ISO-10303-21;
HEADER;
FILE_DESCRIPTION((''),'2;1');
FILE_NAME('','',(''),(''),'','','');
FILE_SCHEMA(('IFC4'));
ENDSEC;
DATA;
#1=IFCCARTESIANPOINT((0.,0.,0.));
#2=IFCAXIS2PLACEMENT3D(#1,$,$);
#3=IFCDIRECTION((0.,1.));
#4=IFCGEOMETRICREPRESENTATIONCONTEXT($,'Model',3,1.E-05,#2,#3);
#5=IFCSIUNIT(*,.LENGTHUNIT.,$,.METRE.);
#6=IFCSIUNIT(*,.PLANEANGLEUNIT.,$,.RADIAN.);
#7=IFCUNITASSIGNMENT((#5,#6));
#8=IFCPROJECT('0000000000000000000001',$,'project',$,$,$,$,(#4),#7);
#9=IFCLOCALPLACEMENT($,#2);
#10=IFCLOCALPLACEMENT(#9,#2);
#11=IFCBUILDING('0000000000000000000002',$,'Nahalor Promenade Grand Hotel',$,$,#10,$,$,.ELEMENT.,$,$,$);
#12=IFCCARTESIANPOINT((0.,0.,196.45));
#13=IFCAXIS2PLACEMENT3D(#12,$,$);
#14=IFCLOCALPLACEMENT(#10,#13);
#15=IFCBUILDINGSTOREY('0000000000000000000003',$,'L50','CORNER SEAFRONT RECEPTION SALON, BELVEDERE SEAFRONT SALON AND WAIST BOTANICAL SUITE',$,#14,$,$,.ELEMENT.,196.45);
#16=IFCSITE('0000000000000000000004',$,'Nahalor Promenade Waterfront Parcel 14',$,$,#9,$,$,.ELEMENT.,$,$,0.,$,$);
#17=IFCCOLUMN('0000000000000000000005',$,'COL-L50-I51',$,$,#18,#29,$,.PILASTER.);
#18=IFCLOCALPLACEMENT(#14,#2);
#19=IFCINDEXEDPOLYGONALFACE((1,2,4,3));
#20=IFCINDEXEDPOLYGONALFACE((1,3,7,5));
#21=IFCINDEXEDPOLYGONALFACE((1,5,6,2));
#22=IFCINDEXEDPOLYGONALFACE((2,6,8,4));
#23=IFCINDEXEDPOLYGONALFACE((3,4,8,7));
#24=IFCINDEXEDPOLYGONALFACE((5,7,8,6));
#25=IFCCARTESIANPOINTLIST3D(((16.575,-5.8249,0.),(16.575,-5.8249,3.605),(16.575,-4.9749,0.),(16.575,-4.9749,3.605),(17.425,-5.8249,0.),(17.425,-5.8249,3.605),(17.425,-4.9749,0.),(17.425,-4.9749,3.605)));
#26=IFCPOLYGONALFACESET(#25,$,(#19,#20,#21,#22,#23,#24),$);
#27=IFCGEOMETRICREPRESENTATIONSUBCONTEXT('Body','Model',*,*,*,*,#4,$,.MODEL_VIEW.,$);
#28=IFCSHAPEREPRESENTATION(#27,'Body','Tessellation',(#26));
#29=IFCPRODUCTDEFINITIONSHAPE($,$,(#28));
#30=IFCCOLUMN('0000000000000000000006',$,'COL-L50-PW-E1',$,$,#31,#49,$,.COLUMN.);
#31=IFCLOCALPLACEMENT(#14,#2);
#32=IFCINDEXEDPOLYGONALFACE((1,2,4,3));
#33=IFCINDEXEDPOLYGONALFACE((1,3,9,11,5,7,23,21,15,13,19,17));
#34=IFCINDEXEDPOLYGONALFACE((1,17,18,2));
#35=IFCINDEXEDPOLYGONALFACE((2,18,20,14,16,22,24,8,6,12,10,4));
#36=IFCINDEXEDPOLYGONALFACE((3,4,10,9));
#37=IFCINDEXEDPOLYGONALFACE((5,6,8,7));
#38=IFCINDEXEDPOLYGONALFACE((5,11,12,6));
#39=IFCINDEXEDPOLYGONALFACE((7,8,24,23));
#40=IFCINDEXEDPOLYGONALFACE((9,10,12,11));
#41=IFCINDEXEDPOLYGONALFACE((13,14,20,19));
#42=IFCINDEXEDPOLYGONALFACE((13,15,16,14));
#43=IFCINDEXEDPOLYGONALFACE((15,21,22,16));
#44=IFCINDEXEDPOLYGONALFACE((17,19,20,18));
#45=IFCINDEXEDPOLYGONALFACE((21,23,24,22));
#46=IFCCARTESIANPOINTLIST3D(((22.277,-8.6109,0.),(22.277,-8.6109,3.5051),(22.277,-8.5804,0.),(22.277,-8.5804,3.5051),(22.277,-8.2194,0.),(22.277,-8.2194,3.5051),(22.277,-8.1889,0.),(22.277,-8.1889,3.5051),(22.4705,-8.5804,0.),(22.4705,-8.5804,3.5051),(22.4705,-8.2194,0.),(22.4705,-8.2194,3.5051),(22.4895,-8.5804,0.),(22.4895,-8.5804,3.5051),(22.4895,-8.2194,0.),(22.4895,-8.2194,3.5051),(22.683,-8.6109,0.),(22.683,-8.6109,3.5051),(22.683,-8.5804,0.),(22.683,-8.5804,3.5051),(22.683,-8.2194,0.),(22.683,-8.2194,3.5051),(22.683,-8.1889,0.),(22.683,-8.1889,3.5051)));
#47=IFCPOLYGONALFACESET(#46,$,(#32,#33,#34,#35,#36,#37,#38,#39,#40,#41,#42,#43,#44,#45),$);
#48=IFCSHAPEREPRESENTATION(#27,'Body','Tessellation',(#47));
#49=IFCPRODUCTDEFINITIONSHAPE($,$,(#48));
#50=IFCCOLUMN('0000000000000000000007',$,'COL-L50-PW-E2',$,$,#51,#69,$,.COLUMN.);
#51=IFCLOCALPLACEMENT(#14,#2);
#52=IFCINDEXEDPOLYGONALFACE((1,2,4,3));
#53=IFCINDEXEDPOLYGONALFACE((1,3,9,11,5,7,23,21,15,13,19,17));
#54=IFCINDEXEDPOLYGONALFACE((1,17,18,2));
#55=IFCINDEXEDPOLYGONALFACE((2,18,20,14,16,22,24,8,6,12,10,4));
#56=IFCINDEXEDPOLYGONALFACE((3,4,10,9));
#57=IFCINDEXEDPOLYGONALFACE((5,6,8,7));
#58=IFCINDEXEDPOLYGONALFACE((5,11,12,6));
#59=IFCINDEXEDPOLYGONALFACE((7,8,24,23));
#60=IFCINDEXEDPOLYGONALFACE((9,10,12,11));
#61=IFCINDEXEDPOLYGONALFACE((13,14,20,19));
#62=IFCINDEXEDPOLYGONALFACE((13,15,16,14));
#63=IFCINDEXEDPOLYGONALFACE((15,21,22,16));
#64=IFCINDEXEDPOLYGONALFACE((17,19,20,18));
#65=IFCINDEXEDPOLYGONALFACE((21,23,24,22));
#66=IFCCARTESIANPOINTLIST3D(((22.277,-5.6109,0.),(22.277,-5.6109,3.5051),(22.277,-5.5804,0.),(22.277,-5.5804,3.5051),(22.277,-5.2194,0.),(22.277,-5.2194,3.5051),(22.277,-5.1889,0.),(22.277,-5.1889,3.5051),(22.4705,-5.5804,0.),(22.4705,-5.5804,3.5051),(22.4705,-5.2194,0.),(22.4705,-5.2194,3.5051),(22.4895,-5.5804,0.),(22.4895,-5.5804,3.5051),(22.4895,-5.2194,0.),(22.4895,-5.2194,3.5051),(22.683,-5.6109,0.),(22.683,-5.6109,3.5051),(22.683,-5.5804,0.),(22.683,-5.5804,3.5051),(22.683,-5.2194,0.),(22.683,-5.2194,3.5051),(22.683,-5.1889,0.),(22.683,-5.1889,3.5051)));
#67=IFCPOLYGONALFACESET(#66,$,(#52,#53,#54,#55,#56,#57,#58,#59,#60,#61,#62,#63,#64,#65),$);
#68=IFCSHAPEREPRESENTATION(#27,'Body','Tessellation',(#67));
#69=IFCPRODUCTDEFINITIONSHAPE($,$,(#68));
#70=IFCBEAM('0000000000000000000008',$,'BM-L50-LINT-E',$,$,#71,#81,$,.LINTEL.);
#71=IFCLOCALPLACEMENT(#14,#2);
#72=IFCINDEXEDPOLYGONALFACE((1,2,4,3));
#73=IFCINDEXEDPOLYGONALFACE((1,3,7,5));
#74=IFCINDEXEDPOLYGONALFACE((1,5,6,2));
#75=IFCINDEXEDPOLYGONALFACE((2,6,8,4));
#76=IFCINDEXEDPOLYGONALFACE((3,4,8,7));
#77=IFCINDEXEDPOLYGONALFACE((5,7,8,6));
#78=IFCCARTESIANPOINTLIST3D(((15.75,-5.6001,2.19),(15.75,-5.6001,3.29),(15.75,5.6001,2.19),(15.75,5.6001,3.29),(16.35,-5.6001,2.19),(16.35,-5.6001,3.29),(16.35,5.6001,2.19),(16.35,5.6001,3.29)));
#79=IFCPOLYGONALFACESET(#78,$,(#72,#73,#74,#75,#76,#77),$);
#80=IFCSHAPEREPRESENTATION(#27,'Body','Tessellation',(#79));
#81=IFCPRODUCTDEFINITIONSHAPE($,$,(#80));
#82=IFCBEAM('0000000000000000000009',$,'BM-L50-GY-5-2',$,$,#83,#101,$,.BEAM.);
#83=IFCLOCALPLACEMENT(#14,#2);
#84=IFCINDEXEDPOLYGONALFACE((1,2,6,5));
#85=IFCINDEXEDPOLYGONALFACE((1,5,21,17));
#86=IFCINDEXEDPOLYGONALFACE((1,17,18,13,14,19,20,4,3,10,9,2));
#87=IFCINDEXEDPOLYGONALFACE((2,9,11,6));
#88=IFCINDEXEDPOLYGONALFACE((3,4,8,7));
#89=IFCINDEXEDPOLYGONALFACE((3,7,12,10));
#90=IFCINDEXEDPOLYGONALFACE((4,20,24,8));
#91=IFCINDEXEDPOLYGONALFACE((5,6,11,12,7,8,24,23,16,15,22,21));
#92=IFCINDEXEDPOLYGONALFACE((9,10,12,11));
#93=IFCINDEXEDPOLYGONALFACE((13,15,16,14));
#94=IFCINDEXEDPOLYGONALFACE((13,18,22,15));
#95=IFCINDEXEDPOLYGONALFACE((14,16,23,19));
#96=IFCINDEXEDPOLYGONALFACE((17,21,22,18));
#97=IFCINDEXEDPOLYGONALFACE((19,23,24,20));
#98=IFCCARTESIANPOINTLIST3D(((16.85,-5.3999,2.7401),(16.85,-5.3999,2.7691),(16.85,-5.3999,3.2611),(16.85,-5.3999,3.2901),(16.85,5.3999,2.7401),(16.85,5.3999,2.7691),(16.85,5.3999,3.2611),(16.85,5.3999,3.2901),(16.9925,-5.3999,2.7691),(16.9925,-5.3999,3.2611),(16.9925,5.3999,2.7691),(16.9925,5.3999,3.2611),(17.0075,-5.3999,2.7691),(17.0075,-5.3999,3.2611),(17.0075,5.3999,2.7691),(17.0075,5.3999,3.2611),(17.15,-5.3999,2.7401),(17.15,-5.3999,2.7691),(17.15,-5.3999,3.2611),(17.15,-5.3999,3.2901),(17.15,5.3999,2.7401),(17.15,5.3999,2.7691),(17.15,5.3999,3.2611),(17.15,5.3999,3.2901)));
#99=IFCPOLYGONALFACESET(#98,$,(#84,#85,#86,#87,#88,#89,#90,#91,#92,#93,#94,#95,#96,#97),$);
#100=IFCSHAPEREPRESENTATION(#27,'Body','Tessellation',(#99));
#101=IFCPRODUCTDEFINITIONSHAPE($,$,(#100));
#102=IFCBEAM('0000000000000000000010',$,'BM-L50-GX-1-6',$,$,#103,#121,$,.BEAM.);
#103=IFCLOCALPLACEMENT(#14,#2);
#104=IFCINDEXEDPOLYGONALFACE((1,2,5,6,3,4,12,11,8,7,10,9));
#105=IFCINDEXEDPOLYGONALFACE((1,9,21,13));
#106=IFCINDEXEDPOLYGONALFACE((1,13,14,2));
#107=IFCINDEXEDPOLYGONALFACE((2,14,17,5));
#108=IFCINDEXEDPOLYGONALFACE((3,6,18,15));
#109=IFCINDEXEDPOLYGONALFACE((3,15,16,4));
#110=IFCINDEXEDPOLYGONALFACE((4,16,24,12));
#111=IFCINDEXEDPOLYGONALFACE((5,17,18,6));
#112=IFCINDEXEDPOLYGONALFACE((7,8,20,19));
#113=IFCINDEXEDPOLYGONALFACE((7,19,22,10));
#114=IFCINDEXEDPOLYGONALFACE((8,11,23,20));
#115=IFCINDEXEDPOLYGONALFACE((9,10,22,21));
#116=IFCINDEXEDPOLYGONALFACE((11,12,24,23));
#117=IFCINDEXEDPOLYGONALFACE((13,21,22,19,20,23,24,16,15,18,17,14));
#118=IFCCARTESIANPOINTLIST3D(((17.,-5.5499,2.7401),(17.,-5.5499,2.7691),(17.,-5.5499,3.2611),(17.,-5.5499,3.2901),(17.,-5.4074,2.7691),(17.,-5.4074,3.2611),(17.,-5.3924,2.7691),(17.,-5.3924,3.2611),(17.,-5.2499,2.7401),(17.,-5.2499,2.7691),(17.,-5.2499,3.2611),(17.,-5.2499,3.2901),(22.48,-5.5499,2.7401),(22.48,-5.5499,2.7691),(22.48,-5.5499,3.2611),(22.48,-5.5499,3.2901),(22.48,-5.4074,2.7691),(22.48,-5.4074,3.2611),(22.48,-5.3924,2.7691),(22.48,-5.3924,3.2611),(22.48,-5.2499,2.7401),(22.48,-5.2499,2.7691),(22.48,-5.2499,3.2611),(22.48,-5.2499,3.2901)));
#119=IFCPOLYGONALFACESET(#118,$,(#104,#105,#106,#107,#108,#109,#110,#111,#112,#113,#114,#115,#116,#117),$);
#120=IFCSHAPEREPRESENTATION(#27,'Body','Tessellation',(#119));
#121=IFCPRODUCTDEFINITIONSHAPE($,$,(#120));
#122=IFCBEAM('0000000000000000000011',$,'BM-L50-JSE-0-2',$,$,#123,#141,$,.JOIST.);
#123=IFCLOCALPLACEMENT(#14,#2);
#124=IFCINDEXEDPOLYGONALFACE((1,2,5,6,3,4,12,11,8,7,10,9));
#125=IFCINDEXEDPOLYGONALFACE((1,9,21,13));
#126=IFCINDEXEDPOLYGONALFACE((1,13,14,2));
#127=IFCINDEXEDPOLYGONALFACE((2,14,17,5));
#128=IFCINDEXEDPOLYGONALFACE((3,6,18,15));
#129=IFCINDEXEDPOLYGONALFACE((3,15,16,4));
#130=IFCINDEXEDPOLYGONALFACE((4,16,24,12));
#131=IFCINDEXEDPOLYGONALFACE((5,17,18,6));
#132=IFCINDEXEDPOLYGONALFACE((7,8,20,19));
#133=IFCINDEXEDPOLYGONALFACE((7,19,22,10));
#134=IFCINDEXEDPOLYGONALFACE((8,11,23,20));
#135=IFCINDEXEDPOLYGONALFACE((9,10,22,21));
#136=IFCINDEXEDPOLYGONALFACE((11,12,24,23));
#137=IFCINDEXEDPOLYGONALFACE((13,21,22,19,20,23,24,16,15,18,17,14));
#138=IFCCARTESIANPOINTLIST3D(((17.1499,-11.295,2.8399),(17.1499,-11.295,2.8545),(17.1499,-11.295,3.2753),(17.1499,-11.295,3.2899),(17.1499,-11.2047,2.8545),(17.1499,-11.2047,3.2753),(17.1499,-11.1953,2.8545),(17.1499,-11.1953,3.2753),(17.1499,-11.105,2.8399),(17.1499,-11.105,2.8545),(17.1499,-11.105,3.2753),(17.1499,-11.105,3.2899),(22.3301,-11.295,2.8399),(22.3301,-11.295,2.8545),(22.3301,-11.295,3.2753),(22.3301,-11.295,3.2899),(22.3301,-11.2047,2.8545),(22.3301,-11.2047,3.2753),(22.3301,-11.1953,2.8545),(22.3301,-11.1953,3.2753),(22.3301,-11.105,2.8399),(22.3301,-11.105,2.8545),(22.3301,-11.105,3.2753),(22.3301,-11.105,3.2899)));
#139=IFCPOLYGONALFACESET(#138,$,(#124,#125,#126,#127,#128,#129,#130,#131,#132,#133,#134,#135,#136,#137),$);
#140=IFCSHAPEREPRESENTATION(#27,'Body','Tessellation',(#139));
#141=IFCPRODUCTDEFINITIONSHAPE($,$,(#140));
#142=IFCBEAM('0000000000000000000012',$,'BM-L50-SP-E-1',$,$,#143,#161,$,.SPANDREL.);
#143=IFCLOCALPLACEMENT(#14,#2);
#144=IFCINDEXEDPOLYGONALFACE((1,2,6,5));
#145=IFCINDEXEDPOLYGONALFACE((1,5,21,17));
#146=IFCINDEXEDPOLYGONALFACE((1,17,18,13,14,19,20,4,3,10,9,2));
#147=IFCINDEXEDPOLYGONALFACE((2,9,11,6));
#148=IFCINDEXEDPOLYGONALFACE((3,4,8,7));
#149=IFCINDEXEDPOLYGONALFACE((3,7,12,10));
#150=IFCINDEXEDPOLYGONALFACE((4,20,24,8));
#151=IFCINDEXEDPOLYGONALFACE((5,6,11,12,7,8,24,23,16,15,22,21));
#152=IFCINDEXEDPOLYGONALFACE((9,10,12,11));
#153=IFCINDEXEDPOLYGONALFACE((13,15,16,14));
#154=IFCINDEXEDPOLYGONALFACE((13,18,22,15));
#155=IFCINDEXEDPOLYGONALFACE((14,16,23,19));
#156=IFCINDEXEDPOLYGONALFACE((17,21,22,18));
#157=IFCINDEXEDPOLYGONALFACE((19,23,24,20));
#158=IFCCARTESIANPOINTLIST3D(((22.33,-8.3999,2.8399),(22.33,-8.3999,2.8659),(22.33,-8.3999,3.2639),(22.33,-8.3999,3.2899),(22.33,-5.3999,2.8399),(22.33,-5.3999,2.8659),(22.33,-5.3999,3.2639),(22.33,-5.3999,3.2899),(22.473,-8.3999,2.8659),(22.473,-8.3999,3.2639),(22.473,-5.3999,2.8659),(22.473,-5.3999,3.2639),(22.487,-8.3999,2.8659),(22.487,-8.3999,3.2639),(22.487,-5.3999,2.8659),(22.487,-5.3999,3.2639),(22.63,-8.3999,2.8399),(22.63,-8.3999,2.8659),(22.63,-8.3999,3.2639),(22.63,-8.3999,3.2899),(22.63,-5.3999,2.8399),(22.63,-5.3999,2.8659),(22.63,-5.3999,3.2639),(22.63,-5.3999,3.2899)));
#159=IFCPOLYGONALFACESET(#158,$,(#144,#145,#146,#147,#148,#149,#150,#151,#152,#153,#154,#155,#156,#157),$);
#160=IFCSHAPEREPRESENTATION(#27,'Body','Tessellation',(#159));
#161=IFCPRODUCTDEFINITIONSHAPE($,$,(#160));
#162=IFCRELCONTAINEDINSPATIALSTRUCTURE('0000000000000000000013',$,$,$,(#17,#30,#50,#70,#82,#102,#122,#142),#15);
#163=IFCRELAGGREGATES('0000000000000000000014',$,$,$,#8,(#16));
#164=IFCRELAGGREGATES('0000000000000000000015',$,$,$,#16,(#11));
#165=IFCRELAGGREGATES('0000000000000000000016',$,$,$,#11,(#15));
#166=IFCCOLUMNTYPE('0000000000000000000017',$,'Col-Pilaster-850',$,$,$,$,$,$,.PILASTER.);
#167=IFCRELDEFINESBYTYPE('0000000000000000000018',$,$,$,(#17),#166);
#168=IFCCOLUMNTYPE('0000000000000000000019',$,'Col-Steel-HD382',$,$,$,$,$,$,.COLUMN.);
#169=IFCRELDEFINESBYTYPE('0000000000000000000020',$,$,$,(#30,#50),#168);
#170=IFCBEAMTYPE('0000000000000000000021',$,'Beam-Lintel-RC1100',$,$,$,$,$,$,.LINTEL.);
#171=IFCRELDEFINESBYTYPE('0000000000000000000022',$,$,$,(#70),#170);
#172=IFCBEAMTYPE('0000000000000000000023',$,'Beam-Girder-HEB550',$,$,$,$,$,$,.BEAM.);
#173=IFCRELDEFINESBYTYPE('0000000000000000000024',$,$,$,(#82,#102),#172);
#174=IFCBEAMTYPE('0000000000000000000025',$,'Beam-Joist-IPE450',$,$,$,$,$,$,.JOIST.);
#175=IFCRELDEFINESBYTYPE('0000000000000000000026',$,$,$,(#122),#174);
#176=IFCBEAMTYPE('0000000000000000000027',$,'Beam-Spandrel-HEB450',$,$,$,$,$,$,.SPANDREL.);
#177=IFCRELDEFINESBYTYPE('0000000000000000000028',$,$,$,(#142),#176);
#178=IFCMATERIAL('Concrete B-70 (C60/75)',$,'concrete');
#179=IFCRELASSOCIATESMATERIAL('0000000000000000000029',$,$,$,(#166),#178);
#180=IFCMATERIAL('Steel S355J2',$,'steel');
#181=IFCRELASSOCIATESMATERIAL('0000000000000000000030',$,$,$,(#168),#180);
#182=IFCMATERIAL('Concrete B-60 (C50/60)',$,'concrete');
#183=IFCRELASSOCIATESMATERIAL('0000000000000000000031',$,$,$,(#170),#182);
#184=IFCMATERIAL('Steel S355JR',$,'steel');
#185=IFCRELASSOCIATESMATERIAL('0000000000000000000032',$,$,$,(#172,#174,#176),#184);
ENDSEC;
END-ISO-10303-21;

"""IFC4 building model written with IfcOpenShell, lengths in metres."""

from ifc_helpers import new_model, si_unit, direction, frame, origin, origin_2d, place, context, subcontext, project, spatial, rectangle, i_section, extrude, source, transform, mapped, material, material_profile, profile_set, type_object, element, save


model = new_model("IFC4")

# Units and contexts
model_context = context("Model", 3, precision=1e-05, world=origin(), true_north=direction((0.0, 1.0)))
body_context = subcontext(model_context, "Body", "Model", "MODEL_VIEW")
ifc_project = project(units=[si_unit("LENGTHUNIT", "METRE"), si_unit("PLANEANGLEUNIT", "RADIAN")], contexts=[model_context])

# Site, building, storey
site_placement = place(None, origin())
site = spatial("IfcSite", under=ifc_project, at=site_placement, Name="Nahalor Promenade Waterfront Parcel 14", CompositionType="ELEMENT", RefElevation=0.0)
building_placement = place(site_placement, origin())
building = spatial("IfcBuilding", under=site, at=building_placement, Name="Nahalor Promenade Grand Hotel", CompositionType="ELEMENT")
storey_placement = place(building_placement, frame((0.0, 0.0, 196.45)))
storey = spatial("IfcBuildingStorey", under=building, at=storey_placement, Name="L50", Description="CORNER SEAFRONT RECEPTION SALON, BELVEDERE SEAFRONT SALON AND WAIST BOTANICAL SUITE", CompositionType="ELEMENT", Elevation=196.45)

# Columns
ifc_material_1 = material(Name="Concrete B-70 (C60/75)", Category="concrete")
ifc_material_profile_1 = material_profile(ifc_material_1, rectangle(XDim=0.85, YDim=0.85, at=origin_2d()), Name="RC 850x850")
ifc_profile_set_1 = profile_set([ifc_material_profile_1], Name="Concrete B-70 (C60/75)")
column_type_1 = type_object("IfcColumnType", Name="Col-Pilaster-850", PredefinedType="PILASTER", material=ifc_profile_set_1)
shared_shape_1 = source(origin(), body_context, "Body", "SweptSolid", [
    extrude(rectangle(XDim=0.85, YDim=0.85, at=origin_2d()), origin(), (0.0, 0.0, 1.0), 3.605),
])
column_placement = place(storey_placement, frame((17.0, -5.3999, 0.0), z_axis=(0.0, 0.0, 1.0), x_axis=(1.0, 0.0, 0.0)))
element("IfcColumn", 1, at=column_placement, inside=storey, type_object=column_type_1, Name="COL-L50-I51", PredefinedType="PILASTER", context=body_context, shape_type="MappedRepresentation", body=[
    mapped(shared_shape_1, transform((0.0, 0.0, 0.0), scale=1.0)),
])
ifc_material_2 = material(Name="Steel S355J2", Category="steel")
ifc_material_profile_2 = material_profile(ifc_material_2, i_section(OverallWidth=0.406, OverallDepth=0.422, WebThickness=0.019, FlangeThickness=0.0305, at=origin_2d()), Name="HD 400x382")
ifc_profile_set_2 = profile_set([ifc_material_profile_2], Name="Steel S355J2")
column_type_2 = type_object("IfcColumnType", Name="Col-Steel-HD382", PredefinedType="COLUMN", material=ifc_profile_set_2)
shared_shape_2 = source(origin(), body_context, "Body", "SweptSolid", [
    extrude(i_section(OverallWidth=0.406, OverallDepth=0.422, WebThickness=0.019, FlangeThickness=0.0305, at=origin_2d()), origin(), (0.0, 0.0, 1.0), 3.5051),
])
for number, where, z_axis, x_axis, name in (
    (2, (22.48, -8.3999, 0.0), (0.0, 0.0, 1.0), (1.0, 0.0, 0.0), "COL-L50-PW-E1"),
    (3, (22.48, -5.3999, 0.0), (0.0, 0.0, 1.0), (1.0, 0.0, 0.0), "COL-L50-PW-E2"),
):
    element("IfcColumn", number, at=place(storey_placement, frame(where, z_axis=z_axis, x_axis=x_axis)), inside=storey, type_object=column_type_2, Name=name, PredefinedType="COLUMN", context=body_context, shape_type="MappedRepresentation", body=[
        mapped(shared_shape_2, transform((0.0, 0.0, 0.0), scale=1.0)),
    ])

# Beams
ifc_material_3 = material(Name="Concrete B-60 (C50/60)", Category="concrete")
ifc_material_profile_3 = material_profile(ifc_material_3, rectangle(XDim=0.6, YDim=1.1, at=origin_2d()), Name="RC 600x1100")
ifc_profile_set_3 = profile_set([ifc_material_profile_3], Name="Concrete B-60 (C50/60)")
beam_type_1 = type_object("IfcBeamType", Name="Beam-Lintel-RC1100", PredefinedType="LINTEL", material=ifc_profile_set_3)
shared_shape_3 = source(origin(), body_context, "Body", "SweptSolid", [
    extrude(rectangle(XDim=0.6, YDim=1.1, at=origin_2d()), origin(), (0.0, 0.0, 1.0), 11.2002),
])
beam_1_placement = place(storey_placement, frame((16.05, -5.6001, 2.74), z_axis=(0.0, 1.0, 0.0), x_axis=(-1.0, 0.0, 0.0)))
element("IfcBeam", 4, at=beam_1_placement, inside=storey, type_object=beam_type_1, Name="BM-L50-LINT-E", PredefinedType="LINTEL", context=body_context, shape_type="MappedRepresentation", body=[
    mapped(shared_shape_3, transform((0.0, 0.0, 0.0), scale=1.0)),
])
ifc_material_4 = material(Name="Steel S355JR", Category="steel")
ifc_material_profile_4 = material_profile(ifc_material_4, i_section(OverallWidth=0.3, OverallDepth=0.55, WebThickness=0.015, FlangeThickness=0.029, at=origin_2d()), Name="HEB 550")
ifc_profile_set_4 = profile_set([ifc_material_profile_4], Name="Steel S355JR")
beam_type_2 = type_object("IfcBeamType", Name="Beam-Girder-HEB550", PredefinedType="BEAM", material=ifc_profile_set_4)
shared_shape_4 = source(origin(), body_context, "Body", "SweptSolid", [
    extrude(i_section(OverallWidth=0.3, OverallDepth=0.55, WebThickness=0.015, FlangeThickness=0.029, at=origin_2d()), origin(), (0.0, 0.0, 1.0), 10.7998),
])
beam_2_placement = place(storey_placement, frame((17.0, -5.3999, 3.0151), z_axis=(0.0, 1.0, 0.0), x_axis=(-1.0, 0.0, 0.0)))
element("IfcBeam", 5, at=beam_2_placement, inside=storey, type_object=beam_type_2, Name="BM-L50-GY-5-2", PredefinedType="BEAM", context=body_context, shape_type="MappedRepresentation", body=[
    mapped(shared_shape_4, transform((0.0, 0.0, 0.0), scale=1.0)),
])
shared_shape_5 = source(origin(), body_context, "Body", "SweptSolid", [
    extrude(i_section(OverallWidth=0.3, OverallDepth=0.55, WebThickness=0.015, FlangeThickness=0.029, at=origin_2d()), origin(), (0.0, 0.0, 1.0), 5.48),
])
beam_3_placement = place(storey_placement, frame((17.0, -5.3999, 3.0151), z_axis=(1.0, 0.0, 0.0), x_axis=(0.0, 1.0, 0.0)))
element("IfcBeam", 6, at=beam_3_placement, inside=storey, type_object=beam_type_2, Name="BM-L50-GX-1-6", PredefinedType="BEAM", context=body_context, shape_type="MappedRepresentation", body=[
    mapped(shared_shape_5, transform((0.0, 0.0, 0.0), scale=1.0)),
])
ifc_material_profile_5 = material_profile(ifc_material_4, i_section(OverallWidth=0.19, OverallDepth=0.45, WebThickness=0.0094, FlangeThickness=0.0146, at=origin_2d()), Name="IPE 450")
ifc_profile_set_5 = profile_set([ifc_material_profile_5], Name="Steel S355JR")
beam_type_3 = type_object("IfcBeamType", Name="Beam-Joist-IPE450", PredefinedType="JOIST", material=ifc_profile_set_5)
shared_shape_6 = source(origin(), body_context, "Body", "SweptSolid", [
    extrude(i_section(OverallWidth=0.19, OverallDepth=0.45, WebThickness=0.0094, FlangeThickness=0.0146, at=origin_2d()), origin(), (0.0, 0.0, 1.0), 5.1802),
])
beam_4_placement = place(storey_placement, frame((17.1499, -11.2, 3.0649), z_axis=(1.0, 0.0, 0.0), x_axis=(0.0, 1.0, 0.0)))
element("IfcBeam", 7, at=beam_4_placement, inside=storey, type_object=beam_type_3, Name="BM-L50-JSE-0-2", PredefinedType="JOIST", context=body_context, shape_type="MappedRepresentation", body=[
    mapped(shared_shape_6, transform((0.0, 0.0, 0.0), scale=1.0)),
])
ifc_material_profile_6 = material_profile(ifc_material_4, i_section(OverallWidth=0.3, OverallDepth=0.45, WebThickness=0.014, FlangeThickness=0.026, at=origin_2d()), Name="HEB 450")
ifc_profile_set_6 = profile_set([ifc_material_profile_6], Name="Steel S355JR")
beam_type_4 = type_object("IfcBeamType", Name="Beam-Spandrel-HEB450", PredefinedType="SPANDREL", material=ifc_profile_set_6)
shared_shape_7 = source(origin(), body_context, "Body", "SweptSolid", [
    extrude(i_section(OverallWidth=0.3, OverallDepth=0.45, WebThickness=0.014, FlangeThickness=0.026, at=origin_2d()), origin(), (0.0, 0.0, 1.0), 3.0),
])
beam_5_placement = place(storey_placement, frame((22.48, -8.3999, 3.0649), z_axis=(0.0, 1.0, 0.0), x_axis=(-1.0, 0.0, 0.0)))
element("IfcBeam", 8, at=beam_5_placement, inside=storey, type_object=beam_type_4, Name="BM-L50-SP-E-1", PredefinedType="SPANDREL", context=body_context, shape_type="MappedRepresentation", body=[
    mapped(shared_shape_7, transform((0.0, 0.0, 0.0), scale=1.0)),
])

save(model, "model.ifc")
